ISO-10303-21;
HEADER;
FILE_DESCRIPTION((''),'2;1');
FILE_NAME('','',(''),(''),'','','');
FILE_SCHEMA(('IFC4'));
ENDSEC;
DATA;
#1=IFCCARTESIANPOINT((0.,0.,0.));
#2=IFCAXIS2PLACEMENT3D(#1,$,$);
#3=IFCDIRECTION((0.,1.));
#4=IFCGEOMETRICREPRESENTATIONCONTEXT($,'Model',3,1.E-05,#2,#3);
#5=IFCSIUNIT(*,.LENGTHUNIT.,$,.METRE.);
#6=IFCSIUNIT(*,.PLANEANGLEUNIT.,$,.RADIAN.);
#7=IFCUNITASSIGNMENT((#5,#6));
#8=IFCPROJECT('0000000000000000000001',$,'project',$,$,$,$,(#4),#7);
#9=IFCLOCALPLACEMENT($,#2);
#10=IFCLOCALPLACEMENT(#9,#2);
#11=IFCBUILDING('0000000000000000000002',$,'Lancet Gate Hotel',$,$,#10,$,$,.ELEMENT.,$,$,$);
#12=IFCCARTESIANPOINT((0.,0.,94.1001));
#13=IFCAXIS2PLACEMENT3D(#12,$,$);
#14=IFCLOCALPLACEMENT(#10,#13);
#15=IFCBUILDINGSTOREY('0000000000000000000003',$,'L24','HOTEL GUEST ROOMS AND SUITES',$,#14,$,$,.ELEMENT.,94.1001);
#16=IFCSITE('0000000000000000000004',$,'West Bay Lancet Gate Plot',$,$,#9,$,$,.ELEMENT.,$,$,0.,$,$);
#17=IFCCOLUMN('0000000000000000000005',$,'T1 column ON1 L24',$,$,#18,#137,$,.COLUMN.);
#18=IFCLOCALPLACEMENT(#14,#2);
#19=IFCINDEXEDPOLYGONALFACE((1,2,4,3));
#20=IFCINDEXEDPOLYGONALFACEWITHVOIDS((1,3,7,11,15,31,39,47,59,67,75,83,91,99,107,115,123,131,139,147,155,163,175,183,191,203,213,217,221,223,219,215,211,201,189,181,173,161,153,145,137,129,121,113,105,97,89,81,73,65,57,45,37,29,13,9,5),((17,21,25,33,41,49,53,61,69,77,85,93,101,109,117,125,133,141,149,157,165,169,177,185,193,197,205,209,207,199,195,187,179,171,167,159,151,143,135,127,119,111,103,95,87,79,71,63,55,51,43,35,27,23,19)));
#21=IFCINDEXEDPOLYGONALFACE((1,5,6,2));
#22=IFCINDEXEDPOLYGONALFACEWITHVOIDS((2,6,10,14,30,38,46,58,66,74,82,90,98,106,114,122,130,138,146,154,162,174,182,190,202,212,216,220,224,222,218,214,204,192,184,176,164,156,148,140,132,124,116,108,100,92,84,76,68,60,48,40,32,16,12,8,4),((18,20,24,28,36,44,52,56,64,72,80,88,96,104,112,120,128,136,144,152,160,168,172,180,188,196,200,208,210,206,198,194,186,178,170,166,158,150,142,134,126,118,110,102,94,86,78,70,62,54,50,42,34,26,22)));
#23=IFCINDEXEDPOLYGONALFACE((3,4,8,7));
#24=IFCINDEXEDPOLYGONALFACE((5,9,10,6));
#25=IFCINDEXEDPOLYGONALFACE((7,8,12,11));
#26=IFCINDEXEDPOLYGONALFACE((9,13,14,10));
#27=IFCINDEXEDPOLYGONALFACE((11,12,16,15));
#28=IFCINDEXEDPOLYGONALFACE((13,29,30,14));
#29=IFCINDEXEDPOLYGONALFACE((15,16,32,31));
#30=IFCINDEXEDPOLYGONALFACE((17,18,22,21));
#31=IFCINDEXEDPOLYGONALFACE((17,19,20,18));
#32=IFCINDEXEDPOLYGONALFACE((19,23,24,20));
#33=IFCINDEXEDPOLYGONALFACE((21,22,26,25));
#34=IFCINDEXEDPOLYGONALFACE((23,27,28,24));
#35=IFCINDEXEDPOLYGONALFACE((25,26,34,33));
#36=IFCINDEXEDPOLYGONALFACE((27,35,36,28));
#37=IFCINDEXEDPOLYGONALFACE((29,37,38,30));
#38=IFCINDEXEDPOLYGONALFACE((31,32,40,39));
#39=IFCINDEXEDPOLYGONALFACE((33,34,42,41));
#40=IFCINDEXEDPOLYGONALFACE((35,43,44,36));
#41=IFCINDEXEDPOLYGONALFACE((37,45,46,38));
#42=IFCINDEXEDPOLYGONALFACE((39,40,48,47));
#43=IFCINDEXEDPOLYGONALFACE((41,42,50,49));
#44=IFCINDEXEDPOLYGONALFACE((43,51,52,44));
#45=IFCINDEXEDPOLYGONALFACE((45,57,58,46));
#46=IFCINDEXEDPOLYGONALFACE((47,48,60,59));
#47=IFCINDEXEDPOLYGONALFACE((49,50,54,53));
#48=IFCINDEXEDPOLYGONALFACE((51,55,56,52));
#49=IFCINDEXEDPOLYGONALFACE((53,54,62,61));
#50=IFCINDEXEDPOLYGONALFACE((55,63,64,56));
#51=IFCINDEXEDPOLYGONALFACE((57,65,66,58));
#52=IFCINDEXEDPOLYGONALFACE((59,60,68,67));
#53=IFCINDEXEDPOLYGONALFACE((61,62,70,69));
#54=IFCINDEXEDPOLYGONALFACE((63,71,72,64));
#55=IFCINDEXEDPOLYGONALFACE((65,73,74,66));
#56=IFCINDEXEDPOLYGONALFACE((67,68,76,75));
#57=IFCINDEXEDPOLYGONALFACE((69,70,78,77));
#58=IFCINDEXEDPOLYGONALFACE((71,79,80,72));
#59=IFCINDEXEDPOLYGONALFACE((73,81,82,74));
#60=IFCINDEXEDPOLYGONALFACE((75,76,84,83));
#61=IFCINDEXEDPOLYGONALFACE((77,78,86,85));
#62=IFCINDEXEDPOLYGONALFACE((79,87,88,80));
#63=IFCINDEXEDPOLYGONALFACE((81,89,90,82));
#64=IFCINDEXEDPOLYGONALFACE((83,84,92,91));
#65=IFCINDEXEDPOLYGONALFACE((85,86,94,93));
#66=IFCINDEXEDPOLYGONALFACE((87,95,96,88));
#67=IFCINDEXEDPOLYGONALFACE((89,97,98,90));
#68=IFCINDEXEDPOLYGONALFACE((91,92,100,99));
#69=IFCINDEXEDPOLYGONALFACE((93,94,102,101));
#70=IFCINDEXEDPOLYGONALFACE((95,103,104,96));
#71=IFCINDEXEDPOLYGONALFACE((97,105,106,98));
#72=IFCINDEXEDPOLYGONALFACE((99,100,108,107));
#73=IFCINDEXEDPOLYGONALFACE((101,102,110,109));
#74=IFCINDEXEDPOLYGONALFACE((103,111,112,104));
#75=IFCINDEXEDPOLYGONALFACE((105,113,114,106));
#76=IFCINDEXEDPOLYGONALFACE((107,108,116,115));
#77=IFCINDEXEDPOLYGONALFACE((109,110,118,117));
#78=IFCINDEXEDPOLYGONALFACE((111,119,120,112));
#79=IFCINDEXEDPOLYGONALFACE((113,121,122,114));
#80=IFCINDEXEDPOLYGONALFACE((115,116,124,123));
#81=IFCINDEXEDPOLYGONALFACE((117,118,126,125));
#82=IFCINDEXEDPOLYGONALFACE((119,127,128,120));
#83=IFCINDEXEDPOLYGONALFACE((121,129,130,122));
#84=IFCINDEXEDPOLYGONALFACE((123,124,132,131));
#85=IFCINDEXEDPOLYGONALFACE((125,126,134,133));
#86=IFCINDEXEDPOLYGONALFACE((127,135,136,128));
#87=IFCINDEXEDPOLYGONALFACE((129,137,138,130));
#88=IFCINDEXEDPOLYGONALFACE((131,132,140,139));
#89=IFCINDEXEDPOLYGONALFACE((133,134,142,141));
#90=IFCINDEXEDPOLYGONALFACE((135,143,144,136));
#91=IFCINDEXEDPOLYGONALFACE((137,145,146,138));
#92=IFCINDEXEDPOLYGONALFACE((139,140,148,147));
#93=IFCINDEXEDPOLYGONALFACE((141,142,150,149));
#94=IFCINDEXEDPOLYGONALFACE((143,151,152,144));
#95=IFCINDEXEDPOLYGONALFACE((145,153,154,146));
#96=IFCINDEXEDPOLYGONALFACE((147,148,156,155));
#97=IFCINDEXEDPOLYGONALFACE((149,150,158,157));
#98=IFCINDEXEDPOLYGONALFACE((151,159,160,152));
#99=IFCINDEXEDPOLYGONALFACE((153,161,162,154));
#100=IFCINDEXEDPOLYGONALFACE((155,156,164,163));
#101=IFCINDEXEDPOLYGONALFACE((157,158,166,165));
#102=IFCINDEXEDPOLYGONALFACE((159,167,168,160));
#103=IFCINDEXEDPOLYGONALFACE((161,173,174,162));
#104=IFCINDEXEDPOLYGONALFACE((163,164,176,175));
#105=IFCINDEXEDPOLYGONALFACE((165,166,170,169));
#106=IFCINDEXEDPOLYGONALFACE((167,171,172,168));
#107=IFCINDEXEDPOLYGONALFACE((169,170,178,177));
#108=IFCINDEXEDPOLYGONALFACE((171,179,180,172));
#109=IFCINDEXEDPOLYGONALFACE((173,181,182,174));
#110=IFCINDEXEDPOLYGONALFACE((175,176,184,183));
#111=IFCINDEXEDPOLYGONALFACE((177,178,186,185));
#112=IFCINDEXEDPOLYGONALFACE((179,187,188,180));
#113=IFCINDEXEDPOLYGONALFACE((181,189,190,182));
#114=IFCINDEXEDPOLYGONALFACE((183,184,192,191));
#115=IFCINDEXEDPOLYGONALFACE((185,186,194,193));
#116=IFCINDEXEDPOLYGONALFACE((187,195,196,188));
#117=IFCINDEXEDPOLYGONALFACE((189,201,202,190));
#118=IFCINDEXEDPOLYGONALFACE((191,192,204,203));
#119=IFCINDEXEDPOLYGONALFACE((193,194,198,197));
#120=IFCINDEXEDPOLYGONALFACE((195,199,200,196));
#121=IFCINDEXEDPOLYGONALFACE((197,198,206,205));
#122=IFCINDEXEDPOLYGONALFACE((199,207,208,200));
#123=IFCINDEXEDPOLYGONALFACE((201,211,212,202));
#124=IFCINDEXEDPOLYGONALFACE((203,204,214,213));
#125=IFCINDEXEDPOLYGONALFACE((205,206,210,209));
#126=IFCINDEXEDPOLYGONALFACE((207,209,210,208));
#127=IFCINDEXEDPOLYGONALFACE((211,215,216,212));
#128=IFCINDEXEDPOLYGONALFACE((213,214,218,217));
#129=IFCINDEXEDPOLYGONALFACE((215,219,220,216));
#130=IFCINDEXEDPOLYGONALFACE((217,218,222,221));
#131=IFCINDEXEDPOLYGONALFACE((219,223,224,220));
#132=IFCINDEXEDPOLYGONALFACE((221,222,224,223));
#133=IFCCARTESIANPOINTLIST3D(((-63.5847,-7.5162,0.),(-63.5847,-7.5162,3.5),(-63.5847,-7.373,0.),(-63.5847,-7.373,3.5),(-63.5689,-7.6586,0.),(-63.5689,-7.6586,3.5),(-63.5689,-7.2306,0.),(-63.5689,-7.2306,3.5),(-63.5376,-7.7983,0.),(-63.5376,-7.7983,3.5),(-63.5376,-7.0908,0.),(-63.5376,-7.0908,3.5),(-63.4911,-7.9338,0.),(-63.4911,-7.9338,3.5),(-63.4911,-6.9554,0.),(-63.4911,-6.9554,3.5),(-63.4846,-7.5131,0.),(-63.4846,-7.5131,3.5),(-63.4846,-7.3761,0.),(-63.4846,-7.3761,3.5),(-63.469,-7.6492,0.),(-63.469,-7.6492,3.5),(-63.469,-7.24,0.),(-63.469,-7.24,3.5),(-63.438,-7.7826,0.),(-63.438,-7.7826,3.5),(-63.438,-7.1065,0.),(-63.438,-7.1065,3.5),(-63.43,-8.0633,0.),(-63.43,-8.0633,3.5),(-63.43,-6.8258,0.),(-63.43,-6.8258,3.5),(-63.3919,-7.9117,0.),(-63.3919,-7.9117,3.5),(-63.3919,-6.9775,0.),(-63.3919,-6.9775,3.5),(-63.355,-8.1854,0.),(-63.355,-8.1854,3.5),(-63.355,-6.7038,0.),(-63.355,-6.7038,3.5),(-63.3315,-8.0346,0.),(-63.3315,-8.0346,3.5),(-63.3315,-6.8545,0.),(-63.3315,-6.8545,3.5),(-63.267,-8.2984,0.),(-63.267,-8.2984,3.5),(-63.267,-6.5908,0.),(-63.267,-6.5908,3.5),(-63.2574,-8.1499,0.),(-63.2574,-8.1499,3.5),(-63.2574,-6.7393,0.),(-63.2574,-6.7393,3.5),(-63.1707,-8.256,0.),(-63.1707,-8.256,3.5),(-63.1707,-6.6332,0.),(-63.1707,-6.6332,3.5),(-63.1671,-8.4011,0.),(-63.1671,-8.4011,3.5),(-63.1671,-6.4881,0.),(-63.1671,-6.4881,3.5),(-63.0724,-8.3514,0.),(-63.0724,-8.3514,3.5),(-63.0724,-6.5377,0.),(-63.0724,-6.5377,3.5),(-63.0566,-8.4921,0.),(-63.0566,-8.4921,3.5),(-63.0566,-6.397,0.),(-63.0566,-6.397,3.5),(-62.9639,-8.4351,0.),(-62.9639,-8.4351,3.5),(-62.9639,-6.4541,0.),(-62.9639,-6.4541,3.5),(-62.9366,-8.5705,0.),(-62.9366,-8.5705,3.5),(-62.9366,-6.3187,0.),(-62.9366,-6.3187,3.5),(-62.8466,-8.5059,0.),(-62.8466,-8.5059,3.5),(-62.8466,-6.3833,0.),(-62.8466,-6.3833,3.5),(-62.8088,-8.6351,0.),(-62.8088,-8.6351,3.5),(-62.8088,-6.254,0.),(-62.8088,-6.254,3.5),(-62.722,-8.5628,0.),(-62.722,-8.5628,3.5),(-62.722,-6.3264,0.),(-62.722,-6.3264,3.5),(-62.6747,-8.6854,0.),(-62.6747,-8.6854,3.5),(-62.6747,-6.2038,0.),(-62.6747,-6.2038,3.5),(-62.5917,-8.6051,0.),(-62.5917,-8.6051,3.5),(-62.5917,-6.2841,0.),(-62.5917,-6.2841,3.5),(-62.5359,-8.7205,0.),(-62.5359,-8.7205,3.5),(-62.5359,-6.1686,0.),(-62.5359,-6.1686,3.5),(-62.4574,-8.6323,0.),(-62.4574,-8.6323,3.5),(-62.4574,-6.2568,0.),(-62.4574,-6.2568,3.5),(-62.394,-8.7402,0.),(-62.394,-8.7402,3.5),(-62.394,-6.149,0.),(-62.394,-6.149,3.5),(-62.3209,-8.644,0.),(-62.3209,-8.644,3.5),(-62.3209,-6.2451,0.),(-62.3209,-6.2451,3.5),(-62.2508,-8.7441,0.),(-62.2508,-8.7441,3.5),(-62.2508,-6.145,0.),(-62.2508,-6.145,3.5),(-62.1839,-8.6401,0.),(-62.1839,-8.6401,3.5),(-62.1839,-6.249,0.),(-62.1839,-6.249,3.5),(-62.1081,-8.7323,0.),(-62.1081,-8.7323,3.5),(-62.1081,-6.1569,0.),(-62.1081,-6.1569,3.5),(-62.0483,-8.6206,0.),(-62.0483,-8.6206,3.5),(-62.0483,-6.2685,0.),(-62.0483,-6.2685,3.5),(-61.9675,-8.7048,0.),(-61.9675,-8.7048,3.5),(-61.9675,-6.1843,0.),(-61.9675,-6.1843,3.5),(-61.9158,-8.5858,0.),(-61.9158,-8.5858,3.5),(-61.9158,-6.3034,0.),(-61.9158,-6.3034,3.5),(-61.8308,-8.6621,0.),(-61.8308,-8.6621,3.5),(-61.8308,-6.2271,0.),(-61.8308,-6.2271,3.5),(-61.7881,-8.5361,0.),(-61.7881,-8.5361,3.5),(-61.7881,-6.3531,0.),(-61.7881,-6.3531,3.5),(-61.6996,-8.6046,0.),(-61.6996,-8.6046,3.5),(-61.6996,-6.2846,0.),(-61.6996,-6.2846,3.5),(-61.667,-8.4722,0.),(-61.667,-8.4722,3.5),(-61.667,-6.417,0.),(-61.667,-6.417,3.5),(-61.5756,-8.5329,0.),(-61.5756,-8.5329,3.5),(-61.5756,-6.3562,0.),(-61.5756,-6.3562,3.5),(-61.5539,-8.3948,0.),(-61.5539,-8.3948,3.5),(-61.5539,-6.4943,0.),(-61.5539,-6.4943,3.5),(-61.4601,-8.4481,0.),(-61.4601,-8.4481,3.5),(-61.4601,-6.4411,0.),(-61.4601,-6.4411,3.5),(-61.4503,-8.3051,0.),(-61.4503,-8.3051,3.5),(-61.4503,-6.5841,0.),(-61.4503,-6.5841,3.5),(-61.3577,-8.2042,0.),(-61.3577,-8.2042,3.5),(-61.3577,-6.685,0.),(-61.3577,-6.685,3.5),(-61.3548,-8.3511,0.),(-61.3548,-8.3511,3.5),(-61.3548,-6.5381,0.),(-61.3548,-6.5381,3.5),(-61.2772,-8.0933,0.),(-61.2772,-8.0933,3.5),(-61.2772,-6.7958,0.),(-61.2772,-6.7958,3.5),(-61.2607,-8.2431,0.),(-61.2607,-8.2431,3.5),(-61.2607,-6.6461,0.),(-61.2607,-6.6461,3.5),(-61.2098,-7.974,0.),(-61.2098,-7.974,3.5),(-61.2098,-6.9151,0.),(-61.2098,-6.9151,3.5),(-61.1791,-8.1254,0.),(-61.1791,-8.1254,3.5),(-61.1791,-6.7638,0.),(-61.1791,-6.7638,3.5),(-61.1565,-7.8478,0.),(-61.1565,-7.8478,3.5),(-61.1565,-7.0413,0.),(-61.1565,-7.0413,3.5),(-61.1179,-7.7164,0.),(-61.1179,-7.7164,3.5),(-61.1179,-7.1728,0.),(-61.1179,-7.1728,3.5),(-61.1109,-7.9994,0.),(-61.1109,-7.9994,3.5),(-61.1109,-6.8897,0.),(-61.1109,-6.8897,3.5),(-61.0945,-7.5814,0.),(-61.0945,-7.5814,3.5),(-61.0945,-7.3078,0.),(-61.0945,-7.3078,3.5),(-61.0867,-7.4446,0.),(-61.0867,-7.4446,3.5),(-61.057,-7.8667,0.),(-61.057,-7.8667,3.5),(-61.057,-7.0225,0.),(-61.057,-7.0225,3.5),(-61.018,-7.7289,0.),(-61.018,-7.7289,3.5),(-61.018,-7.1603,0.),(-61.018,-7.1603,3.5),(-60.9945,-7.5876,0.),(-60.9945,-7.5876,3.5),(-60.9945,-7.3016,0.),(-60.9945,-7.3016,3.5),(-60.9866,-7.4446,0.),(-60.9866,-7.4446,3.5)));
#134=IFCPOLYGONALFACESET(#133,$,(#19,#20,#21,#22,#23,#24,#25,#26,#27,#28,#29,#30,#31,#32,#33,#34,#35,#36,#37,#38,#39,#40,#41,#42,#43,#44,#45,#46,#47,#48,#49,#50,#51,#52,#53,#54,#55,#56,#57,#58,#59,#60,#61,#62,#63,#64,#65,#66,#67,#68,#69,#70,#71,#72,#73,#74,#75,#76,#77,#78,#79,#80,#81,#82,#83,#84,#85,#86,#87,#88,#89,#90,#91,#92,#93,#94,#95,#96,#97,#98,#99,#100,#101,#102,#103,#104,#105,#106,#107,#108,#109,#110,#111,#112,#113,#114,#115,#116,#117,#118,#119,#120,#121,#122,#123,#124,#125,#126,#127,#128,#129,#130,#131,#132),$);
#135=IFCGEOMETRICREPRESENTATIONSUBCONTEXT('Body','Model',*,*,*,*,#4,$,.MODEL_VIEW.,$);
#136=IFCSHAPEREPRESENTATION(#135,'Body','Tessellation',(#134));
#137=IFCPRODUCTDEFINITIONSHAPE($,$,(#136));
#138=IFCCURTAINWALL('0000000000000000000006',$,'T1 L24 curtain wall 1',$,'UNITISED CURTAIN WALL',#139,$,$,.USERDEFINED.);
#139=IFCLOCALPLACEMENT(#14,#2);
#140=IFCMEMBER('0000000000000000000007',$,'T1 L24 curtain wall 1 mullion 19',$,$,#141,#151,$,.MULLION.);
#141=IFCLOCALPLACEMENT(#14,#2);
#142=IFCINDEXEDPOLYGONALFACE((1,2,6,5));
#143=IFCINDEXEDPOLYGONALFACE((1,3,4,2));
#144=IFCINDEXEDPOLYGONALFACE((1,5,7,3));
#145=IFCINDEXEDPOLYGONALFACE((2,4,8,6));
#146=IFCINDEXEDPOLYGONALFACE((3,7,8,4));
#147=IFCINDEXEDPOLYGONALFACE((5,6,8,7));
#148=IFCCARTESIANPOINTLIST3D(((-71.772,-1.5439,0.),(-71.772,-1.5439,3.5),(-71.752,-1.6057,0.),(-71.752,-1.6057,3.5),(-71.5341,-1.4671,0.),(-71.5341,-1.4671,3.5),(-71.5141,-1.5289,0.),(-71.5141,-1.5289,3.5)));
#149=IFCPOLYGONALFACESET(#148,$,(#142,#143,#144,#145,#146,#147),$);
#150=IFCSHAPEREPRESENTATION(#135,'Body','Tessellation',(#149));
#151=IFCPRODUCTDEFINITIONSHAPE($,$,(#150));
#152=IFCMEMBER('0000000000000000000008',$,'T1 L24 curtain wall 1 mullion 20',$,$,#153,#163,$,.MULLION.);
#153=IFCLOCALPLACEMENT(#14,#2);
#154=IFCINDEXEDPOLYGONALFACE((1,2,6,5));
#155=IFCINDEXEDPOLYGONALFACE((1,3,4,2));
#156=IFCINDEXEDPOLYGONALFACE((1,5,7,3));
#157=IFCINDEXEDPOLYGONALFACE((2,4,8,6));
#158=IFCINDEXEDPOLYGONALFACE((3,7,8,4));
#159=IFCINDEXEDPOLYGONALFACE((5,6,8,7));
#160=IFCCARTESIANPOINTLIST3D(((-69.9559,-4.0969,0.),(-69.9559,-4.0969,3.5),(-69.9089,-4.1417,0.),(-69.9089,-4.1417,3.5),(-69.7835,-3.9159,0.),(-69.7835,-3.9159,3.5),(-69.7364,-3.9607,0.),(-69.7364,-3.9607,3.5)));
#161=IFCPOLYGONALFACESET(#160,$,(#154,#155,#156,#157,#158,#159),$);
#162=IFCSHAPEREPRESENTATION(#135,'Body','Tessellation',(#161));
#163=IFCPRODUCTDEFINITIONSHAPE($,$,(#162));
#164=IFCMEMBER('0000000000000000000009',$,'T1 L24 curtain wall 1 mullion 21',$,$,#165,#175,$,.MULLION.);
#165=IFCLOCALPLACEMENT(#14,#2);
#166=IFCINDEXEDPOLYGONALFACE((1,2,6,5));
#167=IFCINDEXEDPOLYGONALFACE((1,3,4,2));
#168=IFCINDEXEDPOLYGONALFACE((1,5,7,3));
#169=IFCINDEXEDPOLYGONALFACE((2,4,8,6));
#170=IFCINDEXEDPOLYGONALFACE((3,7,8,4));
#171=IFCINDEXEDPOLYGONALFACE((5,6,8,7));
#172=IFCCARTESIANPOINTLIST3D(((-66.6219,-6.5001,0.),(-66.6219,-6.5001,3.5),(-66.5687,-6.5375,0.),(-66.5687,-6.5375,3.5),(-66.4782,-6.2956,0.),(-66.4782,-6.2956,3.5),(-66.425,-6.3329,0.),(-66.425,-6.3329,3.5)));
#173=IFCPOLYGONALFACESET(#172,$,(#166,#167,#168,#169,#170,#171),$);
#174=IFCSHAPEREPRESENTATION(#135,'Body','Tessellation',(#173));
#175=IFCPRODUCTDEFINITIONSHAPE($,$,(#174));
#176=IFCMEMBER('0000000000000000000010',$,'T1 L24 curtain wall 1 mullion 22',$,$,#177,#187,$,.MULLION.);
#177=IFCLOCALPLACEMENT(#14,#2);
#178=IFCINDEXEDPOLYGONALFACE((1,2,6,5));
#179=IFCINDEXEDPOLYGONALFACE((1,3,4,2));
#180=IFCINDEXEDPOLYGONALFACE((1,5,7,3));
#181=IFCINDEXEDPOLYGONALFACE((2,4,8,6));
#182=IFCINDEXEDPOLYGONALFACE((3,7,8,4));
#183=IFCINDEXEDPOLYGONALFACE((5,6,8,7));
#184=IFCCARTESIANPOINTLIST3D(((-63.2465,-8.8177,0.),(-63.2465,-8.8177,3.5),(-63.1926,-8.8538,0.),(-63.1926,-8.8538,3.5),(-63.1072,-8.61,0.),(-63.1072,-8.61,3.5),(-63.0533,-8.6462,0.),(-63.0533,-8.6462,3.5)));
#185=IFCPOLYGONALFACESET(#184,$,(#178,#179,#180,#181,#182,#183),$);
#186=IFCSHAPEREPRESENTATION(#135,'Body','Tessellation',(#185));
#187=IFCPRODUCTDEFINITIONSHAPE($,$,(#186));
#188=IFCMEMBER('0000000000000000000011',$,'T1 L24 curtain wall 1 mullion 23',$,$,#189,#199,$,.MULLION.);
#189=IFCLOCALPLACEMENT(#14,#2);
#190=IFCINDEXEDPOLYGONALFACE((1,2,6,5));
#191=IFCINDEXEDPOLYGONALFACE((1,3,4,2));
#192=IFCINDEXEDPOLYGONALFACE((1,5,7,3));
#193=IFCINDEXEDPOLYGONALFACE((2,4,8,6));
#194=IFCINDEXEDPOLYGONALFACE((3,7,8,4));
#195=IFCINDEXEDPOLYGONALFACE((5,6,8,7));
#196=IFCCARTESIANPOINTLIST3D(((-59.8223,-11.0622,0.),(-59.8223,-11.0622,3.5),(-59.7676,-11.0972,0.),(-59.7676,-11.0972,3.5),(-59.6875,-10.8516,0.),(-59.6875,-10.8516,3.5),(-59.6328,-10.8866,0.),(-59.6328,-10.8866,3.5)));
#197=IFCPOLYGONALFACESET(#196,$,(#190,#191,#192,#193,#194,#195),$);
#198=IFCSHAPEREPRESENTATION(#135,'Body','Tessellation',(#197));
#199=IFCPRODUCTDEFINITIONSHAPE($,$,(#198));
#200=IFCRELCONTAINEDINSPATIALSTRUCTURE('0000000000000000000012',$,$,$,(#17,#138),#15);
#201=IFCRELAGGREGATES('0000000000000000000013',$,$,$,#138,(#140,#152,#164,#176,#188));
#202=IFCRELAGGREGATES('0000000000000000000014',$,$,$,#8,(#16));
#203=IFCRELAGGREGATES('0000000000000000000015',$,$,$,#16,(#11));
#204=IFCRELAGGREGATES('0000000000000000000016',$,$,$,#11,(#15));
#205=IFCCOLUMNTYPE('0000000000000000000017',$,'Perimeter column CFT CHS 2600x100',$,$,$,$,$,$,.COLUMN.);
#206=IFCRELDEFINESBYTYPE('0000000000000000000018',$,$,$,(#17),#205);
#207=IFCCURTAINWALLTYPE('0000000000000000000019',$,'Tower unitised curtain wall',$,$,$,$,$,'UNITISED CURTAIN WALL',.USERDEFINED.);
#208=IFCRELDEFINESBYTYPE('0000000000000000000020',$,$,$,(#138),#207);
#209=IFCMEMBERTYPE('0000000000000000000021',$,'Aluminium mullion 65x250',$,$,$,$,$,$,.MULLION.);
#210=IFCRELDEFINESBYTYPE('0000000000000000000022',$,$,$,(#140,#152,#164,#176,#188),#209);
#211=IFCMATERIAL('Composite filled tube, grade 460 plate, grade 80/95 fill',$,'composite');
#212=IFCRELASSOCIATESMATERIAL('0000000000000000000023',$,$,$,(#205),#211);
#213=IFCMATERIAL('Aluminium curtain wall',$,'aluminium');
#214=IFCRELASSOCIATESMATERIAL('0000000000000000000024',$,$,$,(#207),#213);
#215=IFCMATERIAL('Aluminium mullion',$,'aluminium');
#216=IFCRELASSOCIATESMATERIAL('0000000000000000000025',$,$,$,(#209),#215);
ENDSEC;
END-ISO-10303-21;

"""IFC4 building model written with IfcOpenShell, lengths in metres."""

from ifc_helpers import new_model, si_unit, direction, frame, origin, origin_2d, place, context, subcontext, project, spatial, rectangle, hollow_circle, extrude, material, material_profile, profile_set, type_object, element, aggregate, save


model = new_model("IFC4")

# Units and contexts
model_context = context("Model", 3, precision=1e-05, world=origin(), true_north=direction((0.0, 1.0)))
body_context = subcontext(model_context, "Body", "Model", "MODEL_VIEW")
ifc_project = project(units=[si_unit("LENGTHUNIT", "METRE"), si_unit("PLANEANGLEUNIT", "RADIAN")], contexts=[model_context])

# Site, building, storey
site_placement = place(None, origin())
site = spatial("IfcSite", under=ifc_project, at=site_placement, Name="West Bay Lancet Gate Plot", CompositionType="ELEMENT", RefElevation=0.0)
building_placement = place(site_placement, origin())
building = spatial("IfcBuilding", under=site, at=building_placement, Name="Lancet Gate Hotel", CompositionType="ELEMENT")
storey_placement = place(building_placement, frame((0.0, 0.0, 94.1001)))
storey = spatial("IfcBuildingStorey", under=building, at=storey_placement, Name="L24", Description="HOTEL GUEST ROOMS AND SUITES", CompositionType="ELEMENT", Elevation=94.1001)

# Column
ifc_material_1 = material(Name="Composite filled tube, grade 460 plate, grade 80/95 fill", Category="composite")
ifc_material_profile_1 = material_profile(ifc_material_1, hollow_circle(Radius=1.3, WallThickness=0.1001, at=origin_2d()), Name="CHS 2600x100")
ifc_profile_set_1 = profile_set([ifc_material_profile_1], Name="Composite filled tube, grade 460 plate, grade 80/95 fill")
column_type_1 = type_object("IfcColumnType", Name="Perimeter column CFT CHS 2600x100", PredefinedType="COLUMN", material=ifc_profile_set_1)
column_1_placement = place(storey_placement, frame((-62.2866, -7.4446, 0.0), z_axis=(0.0, 0.0, 1.0), x_axis=(1.0, 0.0, 0.0)))
element("IfcColumn", 1, at=column_1_placement, inside=storey, type_object=column_type_1, Name="T1 column ON1 L24", PredefinedType="COLUMN", context=body_context, shape_type="SweptSolid", body=[
    extrude(hollow_circle(Radius=1.3, WallThickness=0.1001, at=origin_2d()), origin(), (0.0, 0.0, 1.0), 3.5),
])

# Curtain wall, members
ifc_material_2 = material(Name="Aluminium curtain wall", Category="aluminium")
curtain_wall_type = type_object("IfcCurtainWallType", Name="Tower unitised curtain wall", ElementType="UNITISED CURTAIN WALL", PredefinedType="USERDEFINED", material=ifc_material_2)
curtain_wall_placement = place(storey_placement, origin())
curtain_wall = element("IfcCurtainWall", 2, at=curtain_wall_placement, inside=storey, type_object=curtain_wall_type, Name="T1 L24 curtain wall 1", ObjectType="UNITISED CURTAIN WALL", PredefinedType="USERDEFINED")
ifc_material_3 = material(Name="Aluminium mullion", Category="aluminium")
ifc_material_profile_2 = material_profile(ifc_material_3, rectangle(XDim=0.0649, YDim=0.25, at=origin_2d()), Name="MULLION 65x250")
ifc_profile_set_2 = profile_set([ifc_material_profile_2], Name="Aluminium mullion")
member_type_1 = type_object("IfcMemberType", Name="Aluminium mullion 65x250", PredefinedType="MULLION", material=ifc_profile_set_2)
member_1_placement = place(storey_placement, frame((-71.6431, -1.5364, 0.0), z_axis=(0.0, 0.0, 1.0), x_axis=(0.307269, -0.951623, 0.0)))
member_1 = element("IfcMember", 3, at=member_1_placement, type_object=member_type_1, Name="T1 L24 curtain wall 1 mullion 19", PredefinedType="MULLION", context=body_context, shape_type="SweptSolid", body=[
    extrude(rectangle(XDim=0.0649, YDim=0.25, at=origin_2d()), origin(), (0.0, 0.0, 1.0), 3.5),
])
member_2_placement = place(storey_placement, frame((-69.8462, -4.0288, 0.0), z_axis=(0.0, 0.0, 1.0), x_axis=(0.723846, -0.689961, 0.0)))
member_2 = element("IfcMember", 4, at=member_2_placement, type_object=member_type_1, Name="T1 L24 curtain wall 1 mullion 20", PredefinedType="MULLION", context=body_context, shape_type="SweptSolid", body=[
    extrude(rectangle(XDim=0.0649, YDim=0.25, at=origin_2d()), origin(), (0.0, 0.0, 1.0), 3.5),
])
member_3_placement = place(storey_placement, frame((-66.5234, -6.4165, 0.0), z_axis=(0.0, 0.0, 1.0), x_axis=(0.818327, -0.574753, 0.0)))
member_3 = element("IfcMember", 5, at=member_3_placement, type_object=member_type_1, Name="T1 L24 curtain wall 1 mullion 21", PredefinedType="MULLION", context=body_context, shape_type="SweptSolid", body=[
    extrude(rectangle(XDim=0.0649, YDim=0.25, at=origin_2d()), origin(), (0.0, 0.0, 1.0), 3.5),
])
member_4_placement = place(storey_placement, frame((-63.1499, -8.7319, 0.0), z_axis=(0.0, 0.0, 1.0), x_axis=(0.83051, -0.557004, 0.0)))
member_4 = element("IfcMember", 6, at=member_4_placement, type_object=member_type_1, Name="T1 L24 curtain wall 1 mullion 22", PredefinedType="MULLION", context=body_context, shape_type="SweptSolid", body=[
    extrude(rectangle(XDim=0.0649, YDim=0.25, at=origin_2d()), origin(), (0.0, 0.0, 1.0), 3.5),
])
member_5_placement = place(storey_placement, frame((-59.7275, -10.9744, 0.0), z_axis=(0.0, 0.0, 1.0), x_axis=(0.842308, -0.538996, 0.0)))
member_5 = element("IfcMember", 7, at=member_5_placement, type_object=member_type_1, Name="T1 L24 curtain wall 1 mullion 23", PredefinedType="MULLION", context=body_context, shape_type="SweptSolid", body=[
    extrude(rectangle(XDim=0.0649, YDim=0.25, at=origin_2d()), origin(), (0.0, 0.0, 1.0), 3.5),
])

aggregate(curtain_wall, [member_1, member_2, member_3, member_4, member_5])

save(model, "model.ifc")
